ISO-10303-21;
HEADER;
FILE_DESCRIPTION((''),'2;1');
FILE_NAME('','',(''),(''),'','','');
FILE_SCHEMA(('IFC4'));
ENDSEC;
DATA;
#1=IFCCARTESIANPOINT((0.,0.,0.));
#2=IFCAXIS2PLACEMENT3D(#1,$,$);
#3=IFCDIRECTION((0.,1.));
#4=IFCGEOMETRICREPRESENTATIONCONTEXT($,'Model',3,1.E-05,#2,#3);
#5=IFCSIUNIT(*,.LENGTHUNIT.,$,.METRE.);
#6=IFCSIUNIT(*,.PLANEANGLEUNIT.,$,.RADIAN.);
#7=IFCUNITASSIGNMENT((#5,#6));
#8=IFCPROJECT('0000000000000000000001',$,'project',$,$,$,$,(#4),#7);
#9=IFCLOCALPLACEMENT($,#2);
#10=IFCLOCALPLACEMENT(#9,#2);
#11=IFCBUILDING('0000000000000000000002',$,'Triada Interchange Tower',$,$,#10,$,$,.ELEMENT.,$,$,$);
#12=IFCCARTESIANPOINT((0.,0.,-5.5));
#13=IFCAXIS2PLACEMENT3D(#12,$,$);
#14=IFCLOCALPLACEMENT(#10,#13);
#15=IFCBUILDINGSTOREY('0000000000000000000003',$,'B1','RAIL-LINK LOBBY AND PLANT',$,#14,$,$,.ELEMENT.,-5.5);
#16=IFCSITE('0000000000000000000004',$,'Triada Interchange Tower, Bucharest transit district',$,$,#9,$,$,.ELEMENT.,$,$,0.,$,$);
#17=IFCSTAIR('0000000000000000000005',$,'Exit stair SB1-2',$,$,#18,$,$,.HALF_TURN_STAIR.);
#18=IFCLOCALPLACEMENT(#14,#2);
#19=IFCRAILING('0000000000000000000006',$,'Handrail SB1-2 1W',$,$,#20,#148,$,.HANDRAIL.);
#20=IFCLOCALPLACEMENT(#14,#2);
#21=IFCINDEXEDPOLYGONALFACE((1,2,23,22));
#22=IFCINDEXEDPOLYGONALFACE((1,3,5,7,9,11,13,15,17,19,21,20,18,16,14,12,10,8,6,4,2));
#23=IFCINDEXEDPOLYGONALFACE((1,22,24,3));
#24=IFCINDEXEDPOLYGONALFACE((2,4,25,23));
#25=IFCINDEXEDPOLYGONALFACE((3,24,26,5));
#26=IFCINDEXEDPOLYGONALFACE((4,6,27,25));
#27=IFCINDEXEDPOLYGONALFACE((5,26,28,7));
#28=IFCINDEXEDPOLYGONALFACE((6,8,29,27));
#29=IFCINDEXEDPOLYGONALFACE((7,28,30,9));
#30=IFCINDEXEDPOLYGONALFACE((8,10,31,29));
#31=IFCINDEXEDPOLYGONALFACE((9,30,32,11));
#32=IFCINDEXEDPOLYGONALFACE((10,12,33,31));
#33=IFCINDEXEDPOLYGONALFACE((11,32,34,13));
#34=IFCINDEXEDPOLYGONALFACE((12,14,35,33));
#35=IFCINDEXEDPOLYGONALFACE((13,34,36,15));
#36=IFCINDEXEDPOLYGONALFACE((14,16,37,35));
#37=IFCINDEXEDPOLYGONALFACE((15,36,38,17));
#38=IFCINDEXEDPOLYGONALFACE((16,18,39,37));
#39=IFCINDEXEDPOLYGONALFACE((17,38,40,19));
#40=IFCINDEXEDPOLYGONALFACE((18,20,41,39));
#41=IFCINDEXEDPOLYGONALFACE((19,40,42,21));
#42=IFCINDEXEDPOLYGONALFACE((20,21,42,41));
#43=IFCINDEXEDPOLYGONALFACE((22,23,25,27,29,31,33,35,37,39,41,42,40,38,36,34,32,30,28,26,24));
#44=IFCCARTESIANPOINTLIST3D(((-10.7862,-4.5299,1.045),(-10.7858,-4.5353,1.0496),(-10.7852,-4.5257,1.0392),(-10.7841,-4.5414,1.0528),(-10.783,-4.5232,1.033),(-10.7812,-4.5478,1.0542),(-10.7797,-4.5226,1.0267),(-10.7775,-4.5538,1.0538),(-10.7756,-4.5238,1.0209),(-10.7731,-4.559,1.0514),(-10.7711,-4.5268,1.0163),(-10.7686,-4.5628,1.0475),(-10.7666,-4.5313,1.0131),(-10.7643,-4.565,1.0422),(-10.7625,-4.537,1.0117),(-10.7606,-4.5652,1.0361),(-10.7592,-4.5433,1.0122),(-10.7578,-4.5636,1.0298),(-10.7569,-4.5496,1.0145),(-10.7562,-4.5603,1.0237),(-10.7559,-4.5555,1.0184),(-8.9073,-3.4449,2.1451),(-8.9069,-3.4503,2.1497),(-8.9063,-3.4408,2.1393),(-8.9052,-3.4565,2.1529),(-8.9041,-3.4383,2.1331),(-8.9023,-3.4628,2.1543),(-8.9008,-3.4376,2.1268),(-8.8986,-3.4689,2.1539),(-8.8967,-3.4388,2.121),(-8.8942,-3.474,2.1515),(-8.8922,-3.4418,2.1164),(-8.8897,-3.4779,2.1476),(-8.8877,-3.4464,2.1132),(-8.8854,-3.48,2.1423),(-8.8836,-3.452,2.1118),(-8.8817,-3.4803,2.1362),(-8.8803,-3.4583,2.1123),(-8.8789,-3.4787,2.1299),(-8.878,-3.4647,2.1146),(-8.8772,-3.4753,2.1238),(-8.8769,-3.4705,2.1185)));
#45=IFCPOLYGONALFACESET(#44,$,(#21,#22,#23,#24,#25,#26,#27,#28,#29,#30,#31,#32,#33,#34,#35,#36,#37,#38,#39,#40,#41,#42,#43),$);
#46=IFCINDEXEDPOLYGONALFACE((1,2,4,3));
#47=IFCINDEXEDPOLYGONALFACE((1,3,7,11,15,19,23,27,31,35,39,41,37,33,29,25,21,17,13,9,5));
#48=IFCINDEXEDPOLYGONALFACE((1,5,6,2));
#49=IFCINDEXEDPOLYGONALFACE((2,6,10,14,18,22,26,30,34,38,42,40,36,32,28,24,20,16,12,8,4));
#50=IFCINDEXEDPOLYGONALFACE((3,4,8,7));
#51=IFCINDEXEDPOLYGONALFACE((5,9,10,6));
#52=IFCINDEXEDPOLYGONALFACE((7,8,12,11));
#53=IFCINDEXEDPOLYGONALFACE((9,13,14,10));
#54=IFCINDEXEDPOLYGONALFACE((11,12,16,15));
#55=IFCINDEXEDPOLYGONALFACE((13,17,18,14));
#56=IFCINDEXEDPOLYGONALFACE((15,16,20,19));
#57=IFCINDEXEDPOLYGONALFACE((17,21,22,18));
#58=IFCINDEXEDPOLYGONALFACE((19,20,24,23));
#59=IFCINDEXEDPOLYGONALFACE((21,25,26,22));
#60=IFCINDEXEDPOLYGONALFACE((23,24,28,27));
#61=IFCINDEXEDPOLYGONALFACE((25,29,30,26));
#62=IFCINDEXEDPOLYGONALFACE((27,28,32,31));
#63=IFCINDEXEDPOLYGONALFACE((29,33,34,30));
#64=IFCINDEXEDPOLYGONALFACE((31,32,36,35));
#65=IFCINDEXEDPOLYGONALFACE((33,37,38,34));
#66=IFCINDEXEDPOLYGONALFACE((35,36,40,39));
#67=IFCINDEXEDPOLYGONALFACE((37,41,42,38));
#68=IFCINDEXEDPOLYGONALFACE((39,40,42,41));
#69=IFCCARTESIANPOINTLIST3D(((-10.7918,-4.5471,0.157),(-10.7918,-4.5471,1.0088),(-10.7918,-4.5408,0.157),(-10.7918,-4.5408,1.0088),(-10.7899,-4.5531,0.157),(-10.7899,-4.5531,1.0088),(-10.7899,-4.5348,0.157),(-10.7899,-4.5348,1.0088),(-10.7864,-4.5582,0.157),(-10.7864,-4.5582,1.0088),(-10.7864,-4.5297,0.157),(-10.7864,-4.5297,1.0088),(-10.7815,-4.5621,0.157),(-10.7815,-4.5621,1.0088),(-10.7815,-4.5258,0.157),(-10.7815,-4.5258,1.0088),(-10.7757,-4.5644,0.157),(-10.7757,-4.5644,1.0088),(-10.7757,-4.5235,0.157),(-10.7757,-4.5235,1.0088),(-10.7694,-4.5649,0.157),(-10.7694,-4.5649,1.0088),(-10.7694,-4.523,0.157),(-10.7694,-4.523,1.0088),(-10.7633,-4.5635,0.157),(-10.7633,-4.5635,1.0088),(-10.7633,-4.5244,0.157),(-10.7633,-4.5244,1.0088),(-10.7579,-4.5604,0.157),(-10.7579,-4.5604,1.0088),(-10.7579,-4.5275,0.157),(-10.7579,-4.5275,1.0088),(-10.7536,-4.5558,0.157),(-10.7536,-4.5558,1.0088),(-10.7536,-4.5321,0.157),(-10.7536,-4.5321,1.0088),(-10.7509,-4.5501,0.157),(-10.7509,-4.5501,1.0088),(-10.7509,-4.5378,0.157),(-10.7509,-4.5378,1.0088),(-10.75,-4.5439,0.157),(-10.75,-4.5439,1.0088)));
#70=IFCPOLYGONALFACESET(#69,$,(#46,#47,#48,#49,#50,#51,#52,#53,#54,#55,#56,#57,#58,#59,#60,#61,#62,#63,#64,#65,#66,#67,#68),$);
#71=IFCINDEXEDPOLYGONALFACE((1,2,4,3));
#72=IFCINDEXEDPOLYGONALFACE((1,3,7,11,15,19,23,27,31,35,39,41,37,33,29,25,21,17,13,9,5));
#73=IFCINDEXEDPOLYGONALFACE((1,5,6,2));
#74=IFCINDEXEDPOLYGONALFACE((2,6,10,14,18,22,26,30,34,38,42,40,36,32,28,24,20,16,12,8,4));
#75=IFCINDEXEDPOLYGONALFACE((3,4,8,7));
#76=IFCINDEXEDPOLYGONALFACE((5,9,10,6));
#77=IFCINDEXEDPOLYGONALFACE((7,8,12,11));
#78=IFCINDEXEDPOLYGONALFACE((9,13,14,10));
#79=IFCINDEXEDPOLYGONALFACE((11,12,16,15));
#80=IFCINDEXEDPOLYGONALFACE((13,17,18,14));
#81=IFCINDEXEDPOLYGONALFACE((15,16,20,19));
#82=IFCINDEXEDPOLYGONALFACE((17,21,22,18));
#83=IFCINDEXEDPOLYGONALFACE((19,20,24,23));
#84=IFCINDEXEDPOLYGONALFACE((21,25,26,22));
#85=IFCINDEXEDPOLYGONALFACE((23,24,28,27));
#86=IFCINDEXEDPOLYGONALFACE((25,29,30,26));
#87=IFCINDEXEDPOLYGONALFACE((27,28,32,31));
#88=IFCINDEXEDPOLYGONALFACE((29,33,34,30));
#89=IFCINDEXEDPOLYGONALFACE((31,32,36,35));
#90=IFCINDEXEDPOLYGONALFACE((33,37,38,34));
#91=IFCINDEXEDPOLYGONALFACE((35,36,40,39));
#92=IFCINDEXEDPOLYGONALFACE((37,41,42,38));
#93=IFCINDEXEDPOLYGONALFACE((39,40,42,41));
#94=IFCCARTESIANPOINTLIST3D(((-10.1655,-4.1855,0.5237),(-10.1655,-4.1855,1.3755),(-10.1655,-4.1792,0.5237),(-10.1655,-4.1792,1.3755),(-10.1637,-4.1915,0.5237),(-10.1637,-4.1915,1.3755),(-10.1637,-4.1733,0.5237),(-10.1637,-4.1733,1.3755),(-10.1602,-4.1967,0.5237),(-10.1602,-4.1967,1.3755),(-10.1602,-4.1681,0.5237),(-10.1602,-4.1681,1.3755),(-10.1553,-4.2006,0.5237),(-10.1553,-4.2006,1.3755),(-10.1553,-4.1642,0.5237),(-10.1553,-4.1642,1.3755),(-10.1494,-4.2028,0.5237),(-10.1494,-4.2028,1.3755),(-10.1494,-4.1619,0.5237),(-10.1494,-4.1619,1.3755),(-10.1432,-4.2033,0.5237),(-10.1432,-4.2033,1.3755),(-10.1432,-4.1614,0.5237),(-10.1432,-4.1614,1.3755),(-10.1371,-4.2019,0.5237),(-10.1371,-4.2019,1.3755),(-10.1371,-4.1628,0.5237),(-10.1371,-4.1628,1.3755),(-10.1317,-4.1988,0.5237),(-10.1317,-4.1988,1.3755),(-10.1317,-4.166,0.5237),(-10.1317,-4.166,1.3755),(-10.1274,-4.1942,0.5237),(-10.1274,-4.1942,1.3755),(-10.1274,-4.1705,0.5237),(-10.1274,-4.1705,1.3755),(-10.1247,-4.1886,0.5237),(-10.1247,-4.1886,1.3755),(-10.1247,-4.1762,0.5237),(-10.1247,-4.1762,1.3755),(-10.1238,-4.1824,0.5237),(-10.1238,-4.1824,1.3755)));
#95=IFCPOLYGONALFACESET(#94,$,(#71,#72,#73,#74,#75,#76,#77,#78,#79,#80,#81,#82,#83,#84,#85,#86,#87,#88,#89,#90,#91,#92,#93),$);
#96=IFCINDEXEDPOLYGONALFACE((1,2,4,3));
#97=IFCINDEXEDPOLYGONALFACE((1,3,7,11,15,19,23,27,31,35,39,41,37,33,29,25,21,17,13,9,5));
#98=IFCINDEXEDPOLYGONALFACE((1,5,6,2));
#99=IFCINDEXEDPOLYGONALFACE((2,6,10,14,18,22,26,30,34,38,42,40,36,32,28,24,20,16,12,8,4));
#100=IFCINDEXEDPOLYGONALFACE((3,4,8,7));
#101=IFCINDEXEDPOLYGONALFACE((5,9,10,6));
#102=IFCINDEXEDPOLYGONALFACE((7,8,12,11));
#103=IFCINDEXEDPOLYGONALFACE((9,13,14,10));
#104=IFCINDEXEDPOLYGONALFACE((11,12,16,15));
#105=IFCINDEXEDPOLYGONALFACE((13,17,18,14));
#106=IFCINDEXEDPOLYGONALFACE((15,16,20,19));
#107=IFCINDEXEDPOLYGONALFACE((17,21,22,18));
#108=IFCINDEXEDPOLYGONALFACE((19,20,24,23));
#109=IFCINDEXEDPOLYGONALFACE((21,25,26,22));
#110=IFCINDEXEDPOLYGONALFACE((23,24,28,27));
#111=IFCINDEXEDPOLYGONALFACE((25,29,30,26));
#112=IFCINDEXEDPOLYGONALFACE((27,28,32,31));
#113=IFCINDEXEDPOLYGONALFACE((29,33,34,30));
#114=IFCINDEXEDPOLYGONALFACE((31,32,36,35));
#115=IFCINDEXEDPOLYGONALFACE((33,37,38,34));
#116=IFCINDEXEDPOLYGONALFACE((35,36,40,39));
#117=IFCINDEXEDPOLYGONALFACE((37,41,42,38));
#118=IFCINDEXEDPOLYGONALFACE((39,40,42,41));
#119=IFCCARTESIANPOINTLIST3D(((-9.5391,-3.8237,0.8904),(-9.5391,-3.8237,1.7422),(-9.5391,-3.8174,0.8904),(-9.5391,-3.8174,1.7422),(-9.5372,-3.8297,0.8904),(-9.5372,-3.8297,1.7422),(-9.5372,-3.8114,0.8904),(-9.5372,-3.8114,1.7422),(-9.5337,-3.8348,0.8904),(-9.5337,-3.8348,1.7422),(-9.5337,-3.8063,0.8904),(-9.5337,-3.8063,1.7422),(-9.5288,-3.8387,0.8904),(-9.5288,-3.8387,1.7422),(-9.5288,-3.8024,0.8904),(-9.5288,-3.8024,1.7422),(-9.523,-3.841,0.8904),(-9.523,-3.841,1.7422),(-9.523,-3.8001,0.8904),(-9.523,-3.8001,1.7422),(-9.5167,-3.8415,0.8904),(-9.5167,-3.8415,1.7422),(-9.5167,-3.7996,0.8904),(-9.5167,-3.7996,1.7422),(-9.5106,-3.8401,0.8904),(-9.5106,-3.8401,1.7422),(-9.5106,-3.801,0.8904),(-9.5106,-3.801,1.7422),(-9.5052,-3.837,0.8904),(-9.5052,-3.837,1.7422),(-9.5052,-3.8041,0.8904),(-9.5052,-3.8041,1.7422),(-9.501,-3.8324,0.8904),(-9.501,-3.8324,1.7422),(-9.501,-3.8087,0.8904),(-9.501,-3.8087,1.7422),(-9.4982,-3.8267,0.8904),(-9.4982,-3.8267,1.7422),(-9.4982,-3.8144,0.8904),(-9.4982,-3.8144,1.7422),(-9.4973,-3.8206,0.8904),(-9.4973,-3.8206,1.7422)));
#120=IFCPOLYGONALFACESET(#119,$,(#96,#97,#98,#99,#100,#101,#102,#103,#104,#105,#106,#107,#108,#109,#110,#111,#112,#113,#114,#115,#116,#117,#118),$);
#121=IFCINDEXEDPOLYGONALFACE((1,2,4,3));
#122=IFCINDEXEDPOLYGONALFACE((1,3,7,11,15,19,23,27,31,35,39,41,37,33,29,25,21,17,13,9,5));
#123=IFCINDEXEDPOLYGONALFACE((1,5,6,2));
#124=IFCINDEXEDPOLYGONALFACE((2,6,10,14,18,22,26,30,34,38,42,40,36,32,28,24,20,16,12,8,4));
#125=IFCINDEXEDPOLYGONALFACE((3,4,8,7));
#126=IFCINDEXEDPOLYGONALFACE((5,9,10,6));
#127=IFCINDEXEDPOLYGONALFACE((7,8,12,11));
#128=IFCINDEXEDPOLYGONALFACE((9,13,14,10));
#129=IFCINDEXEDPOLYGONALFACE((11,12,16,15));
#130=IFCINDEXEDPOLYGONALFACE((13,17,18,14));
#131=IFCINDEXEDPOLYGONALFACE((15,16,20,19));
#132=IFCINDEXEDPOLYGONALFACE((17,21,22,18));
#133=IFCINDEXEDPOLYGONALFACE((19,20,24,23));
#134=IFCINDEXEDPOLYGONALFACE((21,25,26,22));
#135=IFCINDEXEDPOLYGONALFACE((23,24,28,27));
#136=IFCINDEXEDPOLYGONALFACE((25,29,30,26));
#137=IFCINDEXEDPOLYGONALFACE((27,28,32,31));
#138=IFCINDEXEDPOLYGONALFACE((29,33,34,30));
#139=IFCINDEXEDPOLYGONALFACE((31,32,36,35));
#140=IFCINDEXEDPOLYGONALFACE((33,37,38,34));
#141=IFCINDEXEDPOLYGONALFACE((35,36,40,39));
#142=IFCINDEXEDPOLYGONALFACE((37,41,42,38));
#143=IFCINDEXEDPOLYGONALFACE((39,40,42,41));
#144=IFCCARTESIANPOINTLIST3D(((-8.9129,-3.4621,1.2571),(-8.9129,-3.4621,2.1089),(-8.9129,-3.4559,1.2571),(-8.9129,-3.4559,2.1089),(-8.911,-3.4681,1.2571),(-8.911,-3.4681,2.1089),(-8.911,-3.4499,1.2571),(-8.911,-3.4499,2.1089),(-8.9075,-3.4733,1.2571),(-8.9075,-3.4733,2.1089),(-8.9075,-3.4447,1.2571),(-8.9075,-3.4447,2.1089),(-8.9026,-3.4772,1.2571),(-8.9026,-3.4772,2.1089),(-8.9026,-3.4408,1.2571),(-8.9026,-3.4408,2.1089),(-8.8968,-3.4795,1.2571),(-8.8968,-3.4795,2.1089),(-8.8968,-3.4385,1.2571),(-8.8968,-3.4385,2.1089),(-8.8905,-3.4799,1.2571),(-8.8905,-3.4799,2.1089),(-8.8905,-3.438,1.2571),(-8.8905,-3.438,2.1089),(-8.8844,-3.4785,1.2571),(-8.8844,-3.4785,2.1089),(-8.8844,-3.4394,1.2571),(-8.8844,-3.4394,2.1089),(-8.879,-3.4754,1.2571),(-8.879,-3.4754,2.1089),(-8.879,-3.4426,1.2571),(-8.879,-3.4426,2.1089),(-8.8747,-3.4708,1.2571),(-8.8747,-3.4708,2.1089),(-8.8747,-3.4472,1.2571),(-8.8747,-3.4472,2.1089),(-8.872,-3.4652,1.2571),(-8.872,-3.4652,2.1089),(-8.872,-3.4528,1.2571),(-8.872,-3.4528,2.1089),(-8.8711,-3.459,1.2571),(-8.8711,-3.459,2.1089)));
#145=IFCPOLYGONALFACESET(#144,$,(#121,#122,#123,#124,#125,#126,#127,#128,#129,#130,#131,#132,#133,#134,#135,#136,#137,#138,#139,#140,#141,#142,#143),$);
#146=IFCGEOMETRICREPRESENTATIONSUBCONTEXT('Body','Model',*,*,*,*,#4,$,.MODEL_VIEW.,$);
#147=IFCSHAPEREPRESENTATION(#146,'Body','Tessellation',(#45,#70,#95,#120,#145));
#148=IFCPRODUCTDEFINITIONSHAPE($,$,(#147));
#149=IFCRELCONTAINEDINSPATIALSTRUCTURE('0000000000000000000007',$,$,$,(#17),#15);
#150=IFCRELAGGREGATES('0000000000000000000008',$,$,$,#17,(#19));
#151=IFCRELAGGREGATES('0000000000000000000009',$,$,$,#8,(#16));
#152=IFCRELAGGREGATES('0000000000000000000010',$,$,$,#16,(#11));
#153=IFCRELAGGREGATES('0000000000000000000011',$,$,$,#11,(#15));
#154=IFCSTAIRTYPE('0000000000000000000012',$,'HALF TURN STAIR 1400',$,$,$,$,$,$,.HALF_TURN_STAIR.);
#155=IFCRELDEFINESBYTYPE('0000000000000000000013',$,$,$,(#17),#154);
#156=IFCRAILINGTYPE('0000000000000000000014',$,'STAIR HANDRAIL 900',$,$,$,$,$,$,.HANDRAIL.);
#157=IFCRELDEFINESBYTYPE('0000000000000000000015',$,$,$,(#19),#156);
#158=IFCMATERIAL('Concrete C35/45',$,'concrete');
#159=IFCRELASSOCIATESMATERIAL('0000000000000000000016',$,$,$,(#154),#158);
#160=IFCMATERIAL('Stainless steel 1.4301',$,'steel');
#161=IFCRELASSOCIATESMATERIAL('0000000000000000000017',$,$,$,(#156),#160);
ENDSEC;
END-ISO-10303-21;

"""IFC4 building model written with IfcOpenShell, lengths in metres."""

from ifc_helpers import new_model, si_unit, direction, frame, origin, origin_2d, place, context, subcontext, project, spatial, circle, extrude, material, type_object, element, aggregate, save


model = new_model("IFC4")

# Units and contexts
model_context = context("Model", 3, precision=1e-05, world=origin(), true_north=direction((0.0, 1.0)))
body_context = subcontext(model_context, "Body", "Model", "MODEL_VIEW")
ifc_project = project(units=[si_unit("LENGTHUNIT", "METRE"), si_unit("PLANEANGLEUNIT", "RADIAN")], contexts=[model_context])

# Site, building, storey
site_placement = place(None, origin())
site = spatial("IfcSite", under=ifc_project, at=site_placement, Name="Triada Interchange Tower, Bucharest transit district", CompositionType="ELEMENT", RefElevation=0.0)
building_placement = place(site_placement, origin())
building = spatial("IfcBuilding", under=site, at=building_placement, Name="Triada Interchange Tower", CompositionType="ELEMENT")
storey_placement = place(building_placement, frame((0.0, 0.0, -5.5)))
storey = spatial("IfcBuildingStorey", under=building, at=storey_placement, Name="B1", Description="RAIL-LINK LOBBY AND PLANT", CompositionType="ELEMENT", Elevation=-5.5)

# Shared definitions
ifc_material_1 = material(Name="Concrete C35/45", Category="concrete")

# Stair, railing
stair_type = type_object("IfcStairType", Name="HALF TURN STAIR 1400", PredefinedType="HALF_TURN_STAIR", material=ifc_material_1)
stair_placement = place(storey_placement, origin())
stair = element("IfcStair", 1, at=stair_placement, inside=storey, type_object=stair_type, Name="Exit stair SB1-2", PredefinedType="HALF_TURN_STAIR")
ifc_material_2 = material(Name="Stainless steel 1.4301", Category="steel")
railing_type_1 = type_object("IfcRailingType", Name="STAIR HANDRAIL 900", PredefinedType="HANDRAIL", material=ifc_material_2)
railing_1_placement = place(storey_placement, frame((-10.771, -4.5439, 0.157)))
railing_1 = element("IfcRailing", 2, at=railing_1_placement, type_object=railing_type_1, Name="Handrail SB1-2 1W", PredefinedType="HANDRAIL", context=body_context, shape_type="SweptSolid", body=[
    extrude(circle(Radius=0.0239, at=origin_2d()), frame((0.0, 0.0, 0.876), z_axis=(0.772379, 0.446005, 0.452227), x_axis=(-0.50006, 0.865991, 0.0)), (0.0, 0.0, 1.0), 2.4326),
    extrude(circle(Radius=0.021, at=origin_2d()), origin(), (0.0, 0.0, 1.0), 0.8518),
    extrude(circle(Radius=0.021, at=origin_2d()), frame((0.6262, 0.3616, 0.3667)), (0.0, 0.0, 1.0), 0.8518),
    extrude(circle(Radius=0.021, at=origin_2d()), frame((1.2527, 0.7234, 0.7334)), (0.0, 0.0, 1.0), 0.8518),
    extrude(circle(Radius=0.021, at=origin_2d()), frame((1.8789, 1.085, 1.1001)), (0.0, 0.0, 1.0), 0.8518),
])
aggregate(stair, [railing_1])

save(model, "model.ifc")
